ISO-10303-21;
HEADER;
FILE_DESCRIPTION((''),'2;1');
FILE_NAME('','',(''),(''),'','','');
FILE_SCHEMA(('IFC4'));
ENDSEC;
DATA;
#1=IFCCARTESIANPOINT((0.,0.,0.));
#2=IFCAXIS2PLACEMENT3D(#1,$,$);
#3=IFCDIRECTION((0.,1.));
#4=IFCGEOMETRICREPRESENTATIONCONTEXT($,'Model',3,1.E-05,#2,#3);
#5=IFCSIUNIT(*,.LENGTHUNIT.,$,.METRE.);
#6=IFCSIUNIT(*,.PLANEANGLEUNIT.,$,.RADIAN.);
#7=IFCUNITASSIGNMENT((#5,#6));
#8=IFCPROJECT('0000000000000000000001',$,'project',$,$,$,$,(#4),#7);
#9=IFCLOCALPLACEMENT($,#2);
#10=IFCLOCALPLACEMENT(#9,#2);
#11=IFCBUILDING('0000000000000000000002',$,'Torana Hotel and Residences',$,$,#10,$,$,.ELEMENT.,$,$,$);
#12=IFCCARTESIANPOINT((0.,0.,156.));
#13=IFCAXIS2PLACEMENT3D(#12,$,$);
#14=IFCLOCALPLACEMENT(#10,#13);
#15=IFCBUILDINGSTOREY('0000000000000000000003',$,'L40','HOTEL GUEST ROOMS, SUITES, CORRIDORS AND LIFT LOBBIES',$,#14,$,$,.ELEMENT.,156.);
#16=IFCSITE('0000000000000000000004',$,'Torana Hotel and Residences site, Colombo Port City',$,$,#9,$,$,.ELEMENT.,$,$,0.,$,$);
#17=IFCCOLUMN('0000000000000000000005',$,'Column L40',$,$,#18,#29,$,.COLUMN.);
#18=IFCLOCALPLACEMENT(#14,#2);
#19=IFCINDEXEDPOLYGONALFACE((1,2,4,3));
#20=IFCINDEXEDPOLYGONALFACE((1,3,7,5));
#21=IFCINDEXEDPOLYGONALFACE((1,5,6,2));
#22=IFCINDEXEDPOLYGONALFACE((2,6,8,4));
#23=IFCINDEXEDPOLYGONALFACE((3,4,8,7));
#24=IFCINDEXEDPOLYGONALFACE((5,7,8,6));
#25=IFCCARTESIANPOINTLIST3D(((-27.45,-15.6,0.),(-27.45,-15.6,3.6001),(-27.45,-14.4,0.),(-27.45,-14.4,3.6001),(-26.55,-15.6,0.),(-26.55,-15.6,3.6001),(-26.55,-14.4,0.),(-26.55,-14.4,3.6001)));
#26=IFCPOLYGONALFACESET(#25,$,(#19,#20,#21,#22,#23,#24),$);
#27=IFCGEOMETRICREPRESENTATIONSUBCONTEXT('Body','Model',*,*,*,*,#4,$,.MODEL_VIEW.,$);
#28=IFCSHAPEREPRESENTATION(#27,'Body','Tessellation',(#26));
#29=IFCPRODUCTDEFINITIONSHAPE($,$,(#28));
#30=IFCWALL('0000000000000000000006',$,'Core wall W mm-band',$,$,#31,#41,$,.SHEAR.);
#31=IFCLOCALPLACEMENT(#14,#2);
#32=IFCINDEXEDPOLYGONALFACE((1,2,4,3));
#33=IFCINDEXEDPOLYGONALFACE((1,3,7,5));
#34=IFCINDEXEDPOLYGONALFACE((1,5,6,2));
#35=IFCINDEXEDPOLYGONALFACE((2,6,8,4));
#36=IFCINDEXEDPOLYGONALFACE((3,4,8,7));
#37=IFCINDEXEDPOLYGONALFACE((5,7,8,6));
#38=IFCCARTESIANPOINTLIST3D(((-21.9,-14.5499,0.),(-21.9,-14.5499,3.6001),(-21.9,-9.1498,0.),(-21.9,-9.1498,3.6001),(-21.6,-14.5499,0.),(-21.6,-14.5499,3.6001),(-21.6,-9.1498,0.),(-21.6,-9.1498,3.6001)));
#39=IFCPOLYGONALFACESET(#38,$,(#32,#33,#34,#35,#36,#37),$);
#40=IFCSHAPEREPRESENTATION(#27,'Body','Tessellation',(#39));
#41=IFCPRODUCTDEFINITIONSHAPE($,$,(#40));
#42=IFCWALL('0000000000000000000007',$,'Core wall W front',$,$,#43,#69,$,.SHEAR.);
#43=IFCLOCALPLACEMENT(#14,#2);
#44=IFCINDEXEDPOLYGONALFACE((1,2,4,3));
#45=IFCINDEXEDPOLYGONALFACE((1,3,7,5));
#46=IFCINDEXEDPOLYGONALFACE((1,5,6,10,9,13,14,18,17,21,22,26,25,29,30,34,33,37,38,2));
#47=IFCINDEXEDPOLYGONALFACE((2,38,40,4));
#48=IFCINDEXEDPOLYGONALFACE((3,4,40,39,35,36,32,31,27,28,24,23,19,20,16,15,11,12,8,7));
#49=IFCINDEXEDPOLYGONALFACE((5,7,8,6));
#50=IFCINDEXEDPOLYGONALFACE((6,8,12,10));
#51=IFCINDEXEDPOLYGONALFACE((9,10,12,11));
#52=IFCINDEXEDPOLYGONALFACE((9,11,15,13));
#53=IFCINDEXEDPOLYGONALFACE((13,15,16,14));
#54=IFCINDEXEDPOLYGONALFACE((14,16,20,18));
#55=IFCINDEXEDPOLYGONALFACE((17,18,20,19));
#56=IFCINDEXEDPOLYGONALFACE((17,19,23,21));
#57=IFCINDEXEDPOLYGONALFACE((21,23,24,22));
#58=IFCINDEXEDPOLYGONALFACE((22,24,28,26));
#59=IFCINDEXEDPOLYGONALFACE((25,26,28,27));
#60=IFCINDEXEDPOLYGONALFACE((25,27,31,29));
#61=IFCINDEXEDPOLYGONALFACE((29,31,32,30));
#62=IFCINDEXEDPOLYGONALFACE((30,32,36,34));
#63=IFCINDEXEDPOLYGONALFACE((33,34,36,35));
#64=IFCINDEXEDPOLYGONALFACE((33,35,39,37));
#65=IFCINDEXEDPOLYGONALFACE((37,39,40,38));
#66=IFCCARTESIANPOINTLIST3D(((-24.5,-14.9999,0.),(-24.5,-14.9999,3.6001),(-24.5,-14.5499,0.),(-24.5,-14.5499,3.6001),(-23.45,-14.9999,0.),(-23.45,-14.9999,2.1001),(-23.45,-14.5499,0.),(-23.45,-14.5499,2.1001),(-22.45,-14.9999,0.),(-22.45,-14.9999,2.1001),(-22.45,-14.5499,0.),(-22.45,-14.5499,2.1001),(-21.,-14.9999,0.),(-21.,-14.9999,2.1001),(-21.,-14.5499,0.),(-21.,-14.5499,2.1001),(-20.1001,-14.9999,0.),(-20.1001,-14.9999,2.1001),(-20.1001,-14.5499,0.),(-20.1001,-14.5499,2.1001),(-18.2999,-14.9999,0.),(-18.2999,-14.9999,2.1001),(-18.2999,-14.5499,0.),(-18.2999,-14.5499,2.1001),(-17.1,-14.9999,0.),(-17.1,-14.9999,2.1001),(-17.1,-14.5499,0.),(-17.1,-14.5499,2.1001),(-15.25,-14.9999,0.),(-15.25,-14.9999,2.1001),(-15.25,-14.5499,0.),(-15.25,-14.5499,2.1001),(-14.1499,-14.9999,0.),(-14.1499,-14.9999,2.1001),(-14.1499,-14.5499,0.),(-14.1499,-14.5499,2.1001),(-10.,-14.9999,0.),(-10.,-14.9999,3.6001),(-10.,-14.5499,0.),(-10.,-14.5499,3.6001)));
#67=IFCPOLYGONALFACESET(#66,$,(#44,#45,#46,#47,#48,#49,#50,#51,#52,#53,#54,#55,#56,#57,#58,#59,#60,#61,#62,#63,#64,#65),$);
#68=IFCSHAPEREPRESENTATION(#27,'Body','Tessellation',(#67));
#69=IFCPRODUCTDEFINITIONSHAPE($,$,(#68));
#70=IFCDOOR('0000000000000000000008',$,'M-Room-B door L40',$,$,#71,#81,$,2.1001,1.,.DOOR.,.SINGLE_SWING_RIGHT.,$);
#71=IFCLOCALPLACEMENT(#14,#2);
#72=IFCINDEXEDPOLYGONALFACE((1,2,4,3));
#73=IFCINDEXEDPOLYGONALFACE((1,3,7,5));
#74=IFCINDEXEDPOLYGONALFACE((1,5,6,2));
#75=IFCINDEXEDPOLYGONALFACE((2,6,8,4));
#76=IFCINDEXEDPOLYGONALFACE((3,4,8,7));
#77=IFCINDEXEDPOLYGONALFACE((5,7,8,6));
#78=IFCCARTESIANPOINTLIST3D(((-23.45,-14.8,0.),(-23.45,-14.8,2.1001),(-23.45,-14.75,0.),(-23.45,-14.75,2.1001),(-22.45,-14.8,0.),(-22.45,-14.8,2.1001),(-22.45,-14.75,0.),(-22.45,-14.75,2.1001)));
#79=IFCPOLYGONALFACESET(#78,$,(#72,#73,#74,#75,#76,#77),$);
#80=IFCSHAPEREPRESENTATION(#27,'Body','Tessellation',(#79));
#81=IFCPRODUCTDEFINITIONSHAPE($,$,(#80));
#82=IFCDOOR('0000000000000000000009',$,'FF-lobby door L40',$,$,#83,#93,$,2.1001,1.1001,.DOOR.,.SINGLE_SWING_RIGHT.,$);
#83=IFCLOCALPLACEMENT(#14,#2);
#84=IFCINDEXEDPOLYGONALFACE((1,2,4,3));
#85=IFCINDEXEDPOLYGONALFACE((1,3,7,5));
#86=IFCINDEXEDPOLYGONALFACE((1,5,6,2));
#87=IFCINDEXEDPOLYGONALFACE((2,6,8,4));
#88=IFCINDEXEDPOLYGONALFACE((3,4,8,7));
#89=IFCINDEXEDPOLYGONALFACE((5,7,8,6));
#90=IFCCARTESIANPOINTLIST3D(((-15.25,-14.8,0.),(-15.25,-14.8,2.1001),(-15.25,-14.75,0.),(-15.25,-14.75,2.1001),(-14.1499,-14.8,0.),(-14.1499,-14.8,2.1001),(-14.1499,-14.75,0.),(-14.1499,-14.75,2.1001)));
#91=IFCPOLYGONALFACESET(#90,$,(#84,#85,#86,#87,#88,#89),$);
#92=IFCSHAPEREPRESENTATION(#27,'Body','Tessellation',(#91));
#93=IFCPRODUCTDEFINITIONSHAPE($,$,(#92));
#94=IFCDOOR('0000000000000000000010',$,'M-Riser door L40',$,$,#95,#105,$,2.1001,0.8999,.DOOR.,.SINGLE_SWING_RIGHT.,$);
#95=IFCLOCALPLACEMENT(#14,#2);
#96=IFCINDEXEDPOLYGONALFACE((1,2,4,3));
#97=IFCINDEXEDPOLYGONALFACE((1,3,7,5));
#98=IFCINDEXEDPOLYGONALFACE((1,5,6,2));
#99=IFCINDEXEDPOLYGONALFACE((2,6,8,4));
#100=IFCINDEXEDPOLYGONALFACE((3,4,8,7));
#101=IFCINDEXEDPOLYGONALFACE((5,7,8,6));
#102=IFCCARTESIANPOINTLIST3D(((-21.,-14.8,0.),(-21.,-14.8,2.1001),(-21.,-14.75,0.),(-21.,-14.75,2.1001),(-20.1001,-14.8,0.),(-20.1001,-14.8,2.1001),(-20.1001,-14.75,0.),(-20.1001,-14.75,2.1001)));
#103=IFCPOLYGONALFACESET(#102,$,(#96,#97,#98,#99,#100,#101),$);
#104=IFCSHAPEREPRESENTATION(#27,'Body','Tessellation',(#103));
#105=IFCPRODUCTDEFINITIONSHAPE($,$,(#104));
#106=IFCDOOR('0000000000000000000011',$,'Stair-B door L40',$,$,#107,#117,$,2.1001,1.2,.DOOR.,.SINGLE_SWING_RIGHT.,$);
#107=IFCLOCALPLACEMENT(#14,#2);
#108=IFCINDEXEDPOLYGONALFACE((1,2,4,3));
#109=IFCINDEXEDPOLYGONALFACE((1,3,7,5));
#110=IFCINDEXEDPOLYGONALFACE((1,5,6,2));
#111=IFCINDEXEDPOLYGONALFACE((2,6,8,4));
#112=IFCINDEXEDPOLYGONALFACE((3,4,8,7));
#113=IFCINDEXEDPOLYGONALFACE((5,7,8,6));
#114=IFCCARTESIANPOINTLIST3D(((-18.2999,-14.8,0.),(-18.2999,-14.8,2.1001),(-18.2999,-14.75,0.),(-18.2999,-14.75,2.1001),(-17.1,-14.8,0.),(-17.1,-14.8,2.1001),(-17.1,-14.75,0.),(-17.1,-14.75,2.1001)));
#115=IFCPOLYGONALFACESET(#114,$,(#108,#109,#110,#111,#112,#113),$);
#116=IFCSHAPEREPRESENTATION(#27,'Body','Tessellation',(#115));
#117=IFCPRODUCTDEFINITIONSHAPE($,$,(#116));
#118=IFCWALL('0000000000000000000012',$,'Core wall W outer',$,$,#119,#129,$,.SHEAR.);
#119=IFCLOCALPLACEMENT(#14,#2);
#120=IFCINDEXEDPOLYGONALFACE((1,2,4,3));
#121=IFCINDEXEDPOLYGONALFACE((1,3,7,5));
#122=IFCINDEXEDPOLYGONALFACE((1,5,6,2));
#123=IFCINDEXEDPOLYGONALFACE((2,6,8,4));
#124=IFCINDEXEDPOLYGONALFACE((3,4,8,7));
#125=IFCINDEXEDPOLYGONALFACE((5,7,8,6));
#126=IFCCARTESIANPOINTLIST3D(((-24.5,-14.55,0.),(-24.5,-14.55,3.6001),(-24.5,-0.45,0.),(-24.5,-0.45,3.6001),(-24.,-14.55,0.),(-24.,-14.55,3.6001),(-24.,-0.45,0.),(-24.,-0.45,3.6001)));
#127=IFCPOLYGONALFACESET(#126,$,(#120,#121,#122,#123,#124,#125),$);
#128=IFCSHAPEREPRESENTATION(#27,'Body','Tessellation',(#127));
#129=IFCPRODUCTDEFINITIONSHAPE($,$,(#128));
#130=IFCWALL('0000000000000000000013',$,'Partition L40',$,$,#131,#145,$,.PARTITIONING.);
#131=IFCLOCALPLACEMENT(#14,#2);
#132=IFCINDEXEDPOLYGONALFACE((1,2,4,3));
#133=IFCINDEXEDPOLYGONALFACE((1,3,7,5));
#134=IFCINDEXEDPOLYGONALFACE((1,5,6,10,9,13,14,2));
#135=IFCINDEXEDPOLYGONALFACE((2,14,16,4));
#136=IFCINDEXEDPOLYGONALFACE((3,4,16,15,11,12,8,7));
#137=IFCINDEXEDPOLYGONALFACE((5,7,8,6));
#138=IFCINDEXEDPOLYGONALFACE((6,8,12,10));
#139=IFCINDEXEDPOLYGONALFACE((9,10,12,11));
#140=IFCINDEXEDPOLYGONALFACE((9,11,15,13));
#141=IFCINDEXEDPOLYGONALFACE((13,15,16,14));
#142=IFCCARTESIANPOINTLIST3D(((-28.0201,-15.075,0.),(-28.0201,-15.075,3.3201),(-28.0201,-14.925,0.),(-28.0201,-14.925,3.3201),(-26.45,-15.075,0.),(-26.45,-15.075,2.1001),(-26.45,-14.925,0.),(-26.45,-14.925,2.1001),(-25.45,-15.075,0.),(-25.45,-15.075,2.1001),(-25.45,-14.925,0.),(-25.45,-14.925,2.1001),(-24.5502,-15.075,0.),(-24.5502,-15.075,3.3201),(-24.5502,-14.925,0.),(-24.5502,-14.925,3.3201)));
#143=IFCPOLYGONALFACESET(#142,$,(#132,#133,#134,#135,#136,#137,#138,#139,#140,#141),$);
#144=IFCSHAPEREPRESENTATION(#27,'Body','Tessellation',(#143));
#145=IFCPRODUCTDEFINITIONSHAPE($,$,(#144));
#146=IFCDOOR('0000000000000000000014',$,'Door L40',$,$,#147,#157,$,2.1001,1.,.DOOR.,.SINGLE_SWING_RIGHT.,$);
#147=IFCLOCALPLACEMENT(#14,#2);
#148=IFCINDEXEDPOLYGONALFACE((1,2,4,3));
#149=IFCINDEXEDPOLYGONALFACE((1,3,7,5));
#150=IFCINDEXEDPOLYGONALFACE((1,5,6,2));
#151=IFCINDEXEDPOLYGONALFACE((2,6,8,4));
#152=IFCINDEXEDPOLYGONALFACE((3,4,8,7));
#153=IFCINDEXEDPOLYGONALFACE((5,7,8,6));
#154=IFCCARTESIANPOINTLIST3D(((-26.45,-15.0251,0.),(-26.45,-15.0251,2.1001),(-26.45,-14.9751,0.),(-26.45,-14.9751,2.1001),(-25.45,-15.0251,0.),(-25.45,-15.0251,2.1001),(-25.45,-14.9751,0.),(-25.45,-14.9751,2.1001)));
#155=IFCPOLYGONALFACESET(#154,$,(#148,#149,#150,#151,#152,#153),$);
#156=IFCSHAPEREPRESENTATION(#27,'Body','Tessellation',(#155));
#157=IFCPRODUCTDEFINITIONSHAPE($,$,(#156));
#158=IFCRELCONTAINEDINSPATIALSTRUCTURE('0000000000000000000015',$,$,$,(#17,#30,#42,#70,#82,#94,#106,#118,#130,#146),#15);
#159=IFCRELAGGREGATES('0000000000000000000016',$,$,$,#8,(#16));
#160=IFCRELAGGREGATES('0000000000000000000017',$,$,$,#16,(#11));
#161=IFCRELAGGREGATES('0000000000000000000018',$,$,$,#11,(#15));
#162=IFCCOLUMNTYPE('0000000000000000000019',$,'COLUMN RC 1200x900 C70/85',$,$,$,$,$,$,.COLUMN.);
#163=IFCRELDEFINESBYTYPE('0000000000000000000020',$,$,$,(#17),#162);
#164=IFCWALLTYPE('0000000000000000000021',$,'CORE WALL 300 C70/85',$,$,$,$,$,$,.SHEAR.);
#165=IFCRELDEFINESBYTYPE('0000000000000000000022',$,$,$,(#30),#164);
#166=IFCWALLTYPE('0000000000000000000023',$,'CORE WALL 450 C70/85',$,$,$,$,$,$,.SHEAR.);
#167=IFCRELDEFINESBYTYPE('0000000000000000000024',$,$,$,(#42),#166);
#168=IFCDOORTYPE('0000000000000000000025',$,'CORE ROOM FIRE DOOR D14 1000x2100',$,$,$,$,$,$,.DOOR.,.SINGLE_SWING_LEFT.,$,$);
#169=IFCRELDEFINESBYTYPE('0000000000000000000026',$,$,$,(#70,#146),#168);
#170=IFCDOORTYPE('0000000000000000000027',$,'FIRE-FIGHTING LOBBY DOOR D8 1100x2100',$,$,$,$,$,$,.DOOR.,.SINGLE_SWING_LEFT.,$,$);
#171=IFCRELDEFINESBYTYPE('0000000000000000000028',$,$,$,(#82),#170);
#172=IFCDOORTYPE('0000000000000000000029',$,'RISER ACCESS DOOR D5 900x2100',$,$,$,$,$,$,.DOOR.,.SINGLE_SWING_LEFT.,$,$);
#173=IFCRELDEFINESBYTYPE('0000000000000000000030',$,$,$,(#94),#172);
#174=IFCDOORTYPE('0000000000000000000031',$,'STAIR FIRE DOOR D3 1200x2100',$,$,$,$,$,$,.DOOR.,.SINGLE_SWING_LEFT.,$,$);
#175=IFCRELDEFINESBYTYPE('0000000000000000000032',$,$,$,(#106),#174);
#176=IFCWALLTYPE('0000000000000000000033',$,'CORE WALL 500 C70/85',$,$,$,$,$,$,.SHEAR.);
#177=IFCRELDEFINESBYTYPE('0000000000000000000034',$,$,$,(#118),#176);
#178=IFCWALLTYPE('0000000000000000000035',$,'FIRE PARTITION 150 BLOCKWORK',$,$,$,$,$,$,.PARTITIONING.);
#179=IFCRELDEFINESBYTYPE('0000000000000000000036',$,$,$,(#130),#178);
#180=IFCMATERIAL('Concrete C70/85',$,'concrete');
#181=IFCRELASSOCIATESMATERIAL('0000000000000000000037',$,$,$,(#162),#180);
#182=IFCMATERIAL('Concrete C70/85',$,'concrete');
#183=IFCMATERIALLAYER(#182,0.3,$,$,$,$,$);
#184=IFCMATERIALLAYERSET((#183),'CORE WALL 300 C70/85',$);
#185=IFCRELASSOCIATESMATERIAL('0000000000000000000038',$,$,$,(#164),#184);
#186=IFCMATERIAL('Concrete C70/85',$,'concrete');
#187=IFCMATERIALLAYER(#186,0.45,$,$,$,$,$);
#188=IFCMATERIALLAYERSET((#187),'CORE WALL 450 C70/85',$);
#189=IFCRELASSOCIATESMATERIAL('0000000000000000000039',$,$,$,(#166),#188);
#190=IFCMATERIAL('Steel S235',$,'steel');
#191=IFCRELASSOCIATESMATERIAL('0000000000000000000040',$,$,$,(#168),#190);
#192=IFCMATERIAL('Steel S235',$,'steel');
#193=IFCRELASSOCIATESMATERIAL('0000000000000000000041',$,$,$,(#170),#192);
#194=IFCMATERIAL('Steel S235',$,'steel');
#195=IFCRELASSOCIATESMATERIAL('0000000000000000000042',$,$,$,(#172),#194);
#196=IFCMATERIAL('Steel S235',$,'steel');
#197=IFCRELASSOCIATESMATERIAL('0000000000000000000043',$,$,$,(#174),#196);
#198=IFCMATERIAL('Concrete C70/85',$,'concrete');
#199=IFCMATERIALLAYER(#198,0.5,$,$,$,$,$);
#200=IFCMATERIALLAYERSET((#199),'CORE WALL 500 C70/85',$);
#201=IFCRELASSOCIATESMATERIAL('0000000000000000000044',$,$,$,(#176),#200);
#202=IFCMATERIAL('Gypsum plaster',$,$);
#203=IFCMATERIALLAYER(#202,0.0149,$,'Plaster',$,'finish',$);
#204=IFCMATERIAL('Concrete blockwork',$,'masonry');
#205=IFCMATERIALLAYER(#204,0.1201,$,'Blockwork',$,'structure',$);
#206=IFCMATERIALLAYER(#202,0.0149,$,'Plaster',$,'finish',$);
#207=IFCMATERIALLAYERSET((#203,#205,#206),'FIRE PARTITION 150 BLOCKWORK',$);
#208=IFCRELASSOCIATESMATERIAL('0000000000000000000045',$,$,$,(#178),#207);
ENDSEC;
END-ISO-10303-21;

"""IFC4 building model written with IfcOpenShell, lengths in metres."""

from ifc_helpers import new_model, si_unit, direction, frame, frame_2d, origin, origin_2d, place, context, subcontext, project, spatial, rectangle, extrude, material, layer, layer_set, material_profile, profile_set, type_object, element, fill, save


model = new_model("IFC4")

# Units and contexts
model_context = context("Model", 3, precision=1e-05, world=origin(), true_north=direction((0.0, 1.0)))
body_context = subcontext(model_context, "Body", "Model", "MODEL_VIEW")
ifc_project = project(units=[si_unit("LENGTHUNIT", "METRE"), si_unit("PLANEANGLEUNIT", "RADIAN")], contexts=[model_context])

# Site, building, storey
site_placement = place(None, origin())
site = spatial("IfcSite", under=ifc_project, at=site_placement, Name="Torana Hotel and Residences site, Colombo Port City", CompositionType="ELEMENT", RefElevation=0.0)
building_placement = place(site_placement, origin())
building = spatial("IfcBuilding", under=site, at=building_placement, Name="Torana Hotel and Residences", CompositionType="ELEMENT")
storey_placement = place(building_placement, frame((0.0, 0.0, 156.0)))
storey = spatial("IfcBuildingStorey", under=building, at=storey_placement, Name="L40", Description="HOTEL GUEST ROOMS, SUITES, CORRIDORS AND LIFT LOBBIES", CompositionType="ELEMENT", Elevation=156.0)

# Column
ifc_material_1 = material(Name="Concrete C70/85", Category="concrete")
ifc_material_profile = material_profile(ifc_material_1, rectangle(XDim=1.2, YDim=0.8999, at=origin_2d()), Name="RC 1200x900")
ifc_profile_set = profile_set([ifc_material_profile], Name="Concrete C70/85")
column_type = type_object("IfcColumnType", Name="COLUMN RC 1200x900 C70/85", PredefinedType="COLUMN", material=ifc_profile_set)
column_placement = place(storey_placement, frame((-27.0, -15.0, 0.0), z_axis=(0.0, 0.0, 1.0), x_axis=(0.0, 1.0, 0.0)))
element("IfcColumn", 1, at=column_placement, inside=storey, type_object=column_type, Name="Column L40", PredefinedType="COLUMN", context=body_context, shape_type="SweptSolid", body=[
    extrude(rectangle(XDim=1.2, YDim=0.8999, at=origin_2d()), origin(), (0.0, 0.0, 1.0), 3.6001),
])

# Wall
ifc_material_2 = material(Name="Concrete C70/85", Category="concrete")
ifc_layer_1 = layer(ifc_material_2, 0.3)
ifc_layer_set_1 = layer_set([ifc_layer_1], Name="CORE WALL 300 C70/85")
wall_type_1 = type_object("IfcWallType", Name="CORE WALL 300 C70/85", PredefinedType="SHEAR", material=ifc_layer_set_1)
wall_1_placement = place(storey_placement, frame((-21.75, -14.55, 0.0), z_axis=(0.0, 0.0, 1.0), x_axis=(0.0, 1.0, 0.0)))
element("IfcWall", 2, at=wall_1_placement, inside=storey, type_object=wall_type_1, Name="Core wall W mm-band", PredefinedType="SHEAR", context=body_context, shape_type="SweptSolid", body=[
    extrude(rectangle(XDim=5.4001, YDim=0.3, at=frame_2d((2.7002, 0.0))), origin(), (0.0, 0.0, 1.0), 3.6001),
])

# Wall, openings, doors
ifc_material_3 = material(Name="Concrete C70/85", Category="concrete")
ifc_layer_2 = layer(ifc_material_3, 0.45)
ifc_layer_set_2 = layer_set([ifc_layer_2], Name="CORE WALL 450 C70/85")
wall_type_2 = type_object("IfcWallType", Name="CORE WALL 450 C70/85", PredefinedType="SHEAR", material=ifc_layer_set_2)
wall_2_placement = place(storey_placement, frame((-24.5, -14.7749, 0.0), z_axis=(0.0, 0.0, 1.0), x_axis=(1.0, 0.0, 0.0)))
wall_2 = element("IfcWall", 3, at=wall_2_placement, inside=storey, type_object=wall_type_2, Name="Core wall W front", PredefinedType="SHEAR", context=body_context, shape_type="SweptSolid", body=[
    extrude(rectangle(XDim=14.5, YDim=0.45, at=frame_2d((7.25, 0.0))), origin(), (0.0, 0.0, 1.0), 3.6001),
])
opening_1_placement = place(wall_2_placement, frame((6.2, 0.0, 0.0)))
opening_1 = element("IfcOpeningElement", 4, at=opening_1_placement, cuts=wall_2, PredefinedType="OPENING", context=body_context, shape_type="SweptSolid", body=[
    extrude(rectangle(XDim=1.2, YDim=2.1001, at=frame_2d((0.6001, 1.05))), frame((0.0, 0.2349, 0.0), z_axis=(0.0, -1.0, 0.0), x_axis=(1.0, 0.0, 0.0)), (0.0, 0.0, 1.0), 0.47),
])
opening_2_placement = place(wall_2_placement, frame((9.25, 0.0, 0.0)))
opening_2 = element("IfcOpeningElement", 5, at=opening_2_placement, cuts=wall_2, PredefinedType="OPENING", context=body_context, shape_type="SweptSolid", body=[
    extrude(rectangle(XDim=1.1001, YDim=2.1001, at=frame_2d((0.55, 1.05))), frame((0.0, 0.2349, 0.0), z_axis=(0.0, -1.0, 0.0), x_axis=(1.0, 0.0, 0.0)), (0.0, 0.0, 1.0), 0.47),
])
opening_3_placement = place(wall_2_placement, frame((3.5, 0.0, 0.0)))
opening_3 = element("IfcOpeningElement", 6, at=opening_3_placement, cuts=wall_2, PredefinedType="OPENING", context=body_context, shape_type="SweptSolid", body=[
    extrude(rectangle(XDim=0.8999, YDim=2.1001, at=frame_2d((0.45, 1.05))), frame((0.0, 0.2349, 0.0), z_axis=(0.0, -1.0, 0.0), x_axis=(1.0, 0.0, 0.0)), (0.0, 0.0, 1.0), 0.47),
])
opening_4_placement = place(wall_2_placement, frame((1.05, 0.0, 0.0)))
opening_4 = element("IfcOpeningElement", 7, at=opening_4_placement, cuts=wall_2, PredefinedType="OPENING", context=body_context, shape_type="SweptSolid", body=[
    extrude(rectangle(XDim=1.0, YDim=2.1001, at=frame_2d((0.5, 1.05))), frame((0.0, 0.2349, 0.0), z_axis=(0.0, -1.0, 0.0), x_axis=(1.0, 0.0, 0.0)), (0.0, 0.0, 1.0), 0.47),
])
ifc_material_4 = material(Name="Steel S235", Category="steel")
door_type_1 = type_object("IfcDoorType", Name="CORE ROOM FIRE DOOR D14 1000x2100", OperationType="SINGLE_SWING_LEFT", PredefinedType="DOOR", material=ifc_material_4)
door_1_placement = place(opening_4_placement, origin())
door_1 = element("IfcDoor", 8, at=door_1_placement, inside=storey, type_object=door_type_1, Name="M-Room-B door L40", OperationType="SINGLE_SWING_RIGHT", OverallHeight=2.1001, OverallWidth=1.0, PredefinedType="DOOR", context=body_context, shape_type="SweptSolid", body=[
    extrude(rectangle(XDim=1.0, YDim=2.1001, at=frame_2d((0.5, 1.05))), frame((0.0, 0.0249, 0.0), z_axis=(0.0, -1.0, 0.0), x_axis=(1.0, 0.0, 0.0)), (0.0, 0.0, 1.0), 0.05),
])
fill(opening_4, door_1)
ifc_material_5 = material(Name="Steel S235", Category="steel")
door_type_2 = type_object("IfcDoorType", Name="FIRE-FIGHTING LOBBY DOOR D8 1100x2100", OperationType="SINGLE_SWING_LEFT", PredefinedType="DOOR", material=ifc_material_5)
door_2_placement = place(opening_2_placement, origin())
door_2 = element("IfcDoor", 9, at=door_2_placement, inside=storey, type_object=door_type_2, Name="FF-lobby door L40", OperationType="SINGLE_SWING_RIGHT", OverallHeight=2.1001, OverallWidth=1.1001, PredefinedType="DOOR", context=body_context, shape_type="SweptSolid", body=[
    extrude(rectangle(XDim=1.1001, YDim=2.1001, at=frame_2d((0.55, 1.05))), frame((0.0, 0.0249, 0.0), z_axis=(0.0, -1.0, 0.0), x_axis=(1.0, 0.0, 0.0)), (0.0, 0.0, 1.0), 0.05),
])
fill(opening_2, door_2)
ifc_material_6 = material(Name="Steel S235", Category="steel")
door_type_3 = type_object("IfcDoorType", Name="RISER ACCESS DOOR D5 900x2100", OperationType="SINGLE_SWING_LEFT", PredefinedType="DOOR", material=ifc_material_6)
door_3_placement = place(opening_3_placement, origin())
door_3 = element("IfcDoor", 10, at=door_3_placement, inside=storey, type_object=door_type_3, Name="M-Riser door L40", OperationType="SINGLE_SWING_RIGHT", OverallHeight=2.1001, OverallWidth=0.8999, PredefinedType="DOOR", context=body_context, shape_type="SweptSolid", body=[
    extrude(rectangle(XDim=0.8999, YDim=2.1001, at=frame_2d((0.45, 1.05))), frame((0.0, 0.0249, 0.0), z_axis=(0.0, -1.0, 0.0), x_axis=(1.0, 0.0, 0.0)), (0.0, 0.0, 1.0), 0.05),
])
fill(opening_3, door_3)
ifc_material_7 = material(Name="Steel S235", Category="steel")
door_type_4 = type_object("IfcDoorType", Name="STAIR FIRE DOOR D3 1200x2100", OperationType="SINGLE_SWING_LEFT", PredefinedType="DOOR", material=ifc_material_7)
door_4_placement = place(opening_1_placement, origin())
door_4 = element("IfcDoor", 11, at=door_4_placement, inside=storey, type_object=door_type_4, Name="Stair-B door L40", OperationType="SINGLE_SWING_RIGHT", OverallHeight=2.1001, OverallWidth=1.2, PredefinedType="DOOR", context=body_context, shape_type="SweptSolid", body=[
    extrude(rectangle(XDim=1.2, YDim=2.1001, at=frame_2d((0.6001, 1.05))), frame((0.0, 0.0249, 0.0), z_axis=(0.0, -1.0, 0.0), x_axis=(1.0, 0.0, 0.0)), (0.0, 0.0, 1.0), 0.05),
])
fill(opening_1, door_4)

# Wall
ifc_material_8 = material(Name="Concrete C70/85", Category="concrete")
ifc_layer_3 = layer(ifc_material_8, 0.5)
ifc_layer_set_3 = layer_set([ifc_layer_3], Name="CORE WALL 500 C70/85")
wall_type_3 = type_object("IfcWallType", Name="CORE WALL 500 C70/85", PredefinedType="SHEAR", material=ifc_layer_set_3)
wall_3_placement = place(storey_placement, frame((-24.25, -14.55, 0.0), z_axis=(0.0, 0.0, 1.0), x_axis=(0.0, 1.0, 0.0)))
element("IfcWall", 12, at=wall_3_placement, inside=storey, type_object=wall_type_3, Name="Core wall W outer", PredefinedType="SHEAR", context=body_context, shape_type="SweptSolid", body=[
    extrude(rectangle(XDim=14.1001, YDim=0.5, at=frame_2d((7.05, 0.0))), origin(), (0.0, 0.0, 1.0), 3.6001),
])

# Shared definitions
ifc_material_9 = material(Name="Gypsum plaster")
ifc_layer_4 = layer(ifc_material_9, 0.0149, Name="Plaster", Category="finish")
ifc_material_10 = material(Name="Concrete blockwork", Category="masonry")
ifc_layer_5 = layer(ifc_material_10, 0.1201, Name="Blockwork", Category="structure")
ifc_layer_6 = layer(ifc_material_9, 0.0149, Name="Plaster", Category="finish")
ifc_layer_set_4 = layer_set([ifc_layer_4, ifc_layer_5, ifc_layer_6], Name="FIRE PARTITION 150 BLOCKWORK")
wall_type_4 = type_object("IfcWallType", Name="FIRE PARTITION 150 BLOCKWORK", PredefinedType="PARTITIONING", material=ifc_layer_set_4)

# Wall, opening, door
wall_4_placement = place(storey_placement, frame((-28.02, -15.0, 0.0), z_axis=(0.0, 0.0, 1.0), x_axis=(1.0, 0.0, 0.0)))
wall_4 = element("IfcWall", 13, at=wall_4_placement, inside=storey, type_object=wall_type_4, Name="Partition L40", PredefinedType="PARTITIONING", context=body_context, shape_type="SweptSolid", body=[
    extrude(rectangle(XDim=3.47, YDim=0.1499, at=frame_2d((1.7349, 0.0))), origin(), (0.0, 0.0, 1.0), 3.3201),
])
opening_5_placement = place(wall_4_placement, frame((1.5701, 0.0, 0.0)))
opening_5 = element("IfcOpeningElement", 14, at=opening_5_placement, cuts=wall_4, PredefinedType="OPENING", context=body_context, shape_type="SweptSolid", body=[
    extrude(rectangle(XDim=1.0, YDim=2.1001, at=frame_2d((0.5, 1.05))), frame((0.0, 0.085, 0.0), z_axis=(0.0, -1.0, 0.0), x_axis=(1.0, 0.0, 0.0)), (0.0, 0.0, 1.0), 0.1699),
])
door_5_placement = place(opening_5_placement, origin())
door_5 = element("IfcDoor", 15, at=door_5_placement, inside=storey, type_object=door_type_1, Name="Door L40", OperationType="SINGLE_SWING_RIGHT", OverallHeight=2.1001, OverallWidth=1.0, PredefinedType="DOOR", context=body_context, shape_type="SweptSolid", body=[
    extrude(rectangle(XDim=1.0, YDim=2.1001, at=frame_2d((0.5, 1.05))), frame((0.0, 0.0249, 0.0), z_axis=(0.0, -1.0, 0.0), x_axis=(1.0, 0.0, 0.0)), (0.0, 0.0, 1.0), 0.05),
])
fill(opening_5, door_5)

save(model, "model.ifc")
